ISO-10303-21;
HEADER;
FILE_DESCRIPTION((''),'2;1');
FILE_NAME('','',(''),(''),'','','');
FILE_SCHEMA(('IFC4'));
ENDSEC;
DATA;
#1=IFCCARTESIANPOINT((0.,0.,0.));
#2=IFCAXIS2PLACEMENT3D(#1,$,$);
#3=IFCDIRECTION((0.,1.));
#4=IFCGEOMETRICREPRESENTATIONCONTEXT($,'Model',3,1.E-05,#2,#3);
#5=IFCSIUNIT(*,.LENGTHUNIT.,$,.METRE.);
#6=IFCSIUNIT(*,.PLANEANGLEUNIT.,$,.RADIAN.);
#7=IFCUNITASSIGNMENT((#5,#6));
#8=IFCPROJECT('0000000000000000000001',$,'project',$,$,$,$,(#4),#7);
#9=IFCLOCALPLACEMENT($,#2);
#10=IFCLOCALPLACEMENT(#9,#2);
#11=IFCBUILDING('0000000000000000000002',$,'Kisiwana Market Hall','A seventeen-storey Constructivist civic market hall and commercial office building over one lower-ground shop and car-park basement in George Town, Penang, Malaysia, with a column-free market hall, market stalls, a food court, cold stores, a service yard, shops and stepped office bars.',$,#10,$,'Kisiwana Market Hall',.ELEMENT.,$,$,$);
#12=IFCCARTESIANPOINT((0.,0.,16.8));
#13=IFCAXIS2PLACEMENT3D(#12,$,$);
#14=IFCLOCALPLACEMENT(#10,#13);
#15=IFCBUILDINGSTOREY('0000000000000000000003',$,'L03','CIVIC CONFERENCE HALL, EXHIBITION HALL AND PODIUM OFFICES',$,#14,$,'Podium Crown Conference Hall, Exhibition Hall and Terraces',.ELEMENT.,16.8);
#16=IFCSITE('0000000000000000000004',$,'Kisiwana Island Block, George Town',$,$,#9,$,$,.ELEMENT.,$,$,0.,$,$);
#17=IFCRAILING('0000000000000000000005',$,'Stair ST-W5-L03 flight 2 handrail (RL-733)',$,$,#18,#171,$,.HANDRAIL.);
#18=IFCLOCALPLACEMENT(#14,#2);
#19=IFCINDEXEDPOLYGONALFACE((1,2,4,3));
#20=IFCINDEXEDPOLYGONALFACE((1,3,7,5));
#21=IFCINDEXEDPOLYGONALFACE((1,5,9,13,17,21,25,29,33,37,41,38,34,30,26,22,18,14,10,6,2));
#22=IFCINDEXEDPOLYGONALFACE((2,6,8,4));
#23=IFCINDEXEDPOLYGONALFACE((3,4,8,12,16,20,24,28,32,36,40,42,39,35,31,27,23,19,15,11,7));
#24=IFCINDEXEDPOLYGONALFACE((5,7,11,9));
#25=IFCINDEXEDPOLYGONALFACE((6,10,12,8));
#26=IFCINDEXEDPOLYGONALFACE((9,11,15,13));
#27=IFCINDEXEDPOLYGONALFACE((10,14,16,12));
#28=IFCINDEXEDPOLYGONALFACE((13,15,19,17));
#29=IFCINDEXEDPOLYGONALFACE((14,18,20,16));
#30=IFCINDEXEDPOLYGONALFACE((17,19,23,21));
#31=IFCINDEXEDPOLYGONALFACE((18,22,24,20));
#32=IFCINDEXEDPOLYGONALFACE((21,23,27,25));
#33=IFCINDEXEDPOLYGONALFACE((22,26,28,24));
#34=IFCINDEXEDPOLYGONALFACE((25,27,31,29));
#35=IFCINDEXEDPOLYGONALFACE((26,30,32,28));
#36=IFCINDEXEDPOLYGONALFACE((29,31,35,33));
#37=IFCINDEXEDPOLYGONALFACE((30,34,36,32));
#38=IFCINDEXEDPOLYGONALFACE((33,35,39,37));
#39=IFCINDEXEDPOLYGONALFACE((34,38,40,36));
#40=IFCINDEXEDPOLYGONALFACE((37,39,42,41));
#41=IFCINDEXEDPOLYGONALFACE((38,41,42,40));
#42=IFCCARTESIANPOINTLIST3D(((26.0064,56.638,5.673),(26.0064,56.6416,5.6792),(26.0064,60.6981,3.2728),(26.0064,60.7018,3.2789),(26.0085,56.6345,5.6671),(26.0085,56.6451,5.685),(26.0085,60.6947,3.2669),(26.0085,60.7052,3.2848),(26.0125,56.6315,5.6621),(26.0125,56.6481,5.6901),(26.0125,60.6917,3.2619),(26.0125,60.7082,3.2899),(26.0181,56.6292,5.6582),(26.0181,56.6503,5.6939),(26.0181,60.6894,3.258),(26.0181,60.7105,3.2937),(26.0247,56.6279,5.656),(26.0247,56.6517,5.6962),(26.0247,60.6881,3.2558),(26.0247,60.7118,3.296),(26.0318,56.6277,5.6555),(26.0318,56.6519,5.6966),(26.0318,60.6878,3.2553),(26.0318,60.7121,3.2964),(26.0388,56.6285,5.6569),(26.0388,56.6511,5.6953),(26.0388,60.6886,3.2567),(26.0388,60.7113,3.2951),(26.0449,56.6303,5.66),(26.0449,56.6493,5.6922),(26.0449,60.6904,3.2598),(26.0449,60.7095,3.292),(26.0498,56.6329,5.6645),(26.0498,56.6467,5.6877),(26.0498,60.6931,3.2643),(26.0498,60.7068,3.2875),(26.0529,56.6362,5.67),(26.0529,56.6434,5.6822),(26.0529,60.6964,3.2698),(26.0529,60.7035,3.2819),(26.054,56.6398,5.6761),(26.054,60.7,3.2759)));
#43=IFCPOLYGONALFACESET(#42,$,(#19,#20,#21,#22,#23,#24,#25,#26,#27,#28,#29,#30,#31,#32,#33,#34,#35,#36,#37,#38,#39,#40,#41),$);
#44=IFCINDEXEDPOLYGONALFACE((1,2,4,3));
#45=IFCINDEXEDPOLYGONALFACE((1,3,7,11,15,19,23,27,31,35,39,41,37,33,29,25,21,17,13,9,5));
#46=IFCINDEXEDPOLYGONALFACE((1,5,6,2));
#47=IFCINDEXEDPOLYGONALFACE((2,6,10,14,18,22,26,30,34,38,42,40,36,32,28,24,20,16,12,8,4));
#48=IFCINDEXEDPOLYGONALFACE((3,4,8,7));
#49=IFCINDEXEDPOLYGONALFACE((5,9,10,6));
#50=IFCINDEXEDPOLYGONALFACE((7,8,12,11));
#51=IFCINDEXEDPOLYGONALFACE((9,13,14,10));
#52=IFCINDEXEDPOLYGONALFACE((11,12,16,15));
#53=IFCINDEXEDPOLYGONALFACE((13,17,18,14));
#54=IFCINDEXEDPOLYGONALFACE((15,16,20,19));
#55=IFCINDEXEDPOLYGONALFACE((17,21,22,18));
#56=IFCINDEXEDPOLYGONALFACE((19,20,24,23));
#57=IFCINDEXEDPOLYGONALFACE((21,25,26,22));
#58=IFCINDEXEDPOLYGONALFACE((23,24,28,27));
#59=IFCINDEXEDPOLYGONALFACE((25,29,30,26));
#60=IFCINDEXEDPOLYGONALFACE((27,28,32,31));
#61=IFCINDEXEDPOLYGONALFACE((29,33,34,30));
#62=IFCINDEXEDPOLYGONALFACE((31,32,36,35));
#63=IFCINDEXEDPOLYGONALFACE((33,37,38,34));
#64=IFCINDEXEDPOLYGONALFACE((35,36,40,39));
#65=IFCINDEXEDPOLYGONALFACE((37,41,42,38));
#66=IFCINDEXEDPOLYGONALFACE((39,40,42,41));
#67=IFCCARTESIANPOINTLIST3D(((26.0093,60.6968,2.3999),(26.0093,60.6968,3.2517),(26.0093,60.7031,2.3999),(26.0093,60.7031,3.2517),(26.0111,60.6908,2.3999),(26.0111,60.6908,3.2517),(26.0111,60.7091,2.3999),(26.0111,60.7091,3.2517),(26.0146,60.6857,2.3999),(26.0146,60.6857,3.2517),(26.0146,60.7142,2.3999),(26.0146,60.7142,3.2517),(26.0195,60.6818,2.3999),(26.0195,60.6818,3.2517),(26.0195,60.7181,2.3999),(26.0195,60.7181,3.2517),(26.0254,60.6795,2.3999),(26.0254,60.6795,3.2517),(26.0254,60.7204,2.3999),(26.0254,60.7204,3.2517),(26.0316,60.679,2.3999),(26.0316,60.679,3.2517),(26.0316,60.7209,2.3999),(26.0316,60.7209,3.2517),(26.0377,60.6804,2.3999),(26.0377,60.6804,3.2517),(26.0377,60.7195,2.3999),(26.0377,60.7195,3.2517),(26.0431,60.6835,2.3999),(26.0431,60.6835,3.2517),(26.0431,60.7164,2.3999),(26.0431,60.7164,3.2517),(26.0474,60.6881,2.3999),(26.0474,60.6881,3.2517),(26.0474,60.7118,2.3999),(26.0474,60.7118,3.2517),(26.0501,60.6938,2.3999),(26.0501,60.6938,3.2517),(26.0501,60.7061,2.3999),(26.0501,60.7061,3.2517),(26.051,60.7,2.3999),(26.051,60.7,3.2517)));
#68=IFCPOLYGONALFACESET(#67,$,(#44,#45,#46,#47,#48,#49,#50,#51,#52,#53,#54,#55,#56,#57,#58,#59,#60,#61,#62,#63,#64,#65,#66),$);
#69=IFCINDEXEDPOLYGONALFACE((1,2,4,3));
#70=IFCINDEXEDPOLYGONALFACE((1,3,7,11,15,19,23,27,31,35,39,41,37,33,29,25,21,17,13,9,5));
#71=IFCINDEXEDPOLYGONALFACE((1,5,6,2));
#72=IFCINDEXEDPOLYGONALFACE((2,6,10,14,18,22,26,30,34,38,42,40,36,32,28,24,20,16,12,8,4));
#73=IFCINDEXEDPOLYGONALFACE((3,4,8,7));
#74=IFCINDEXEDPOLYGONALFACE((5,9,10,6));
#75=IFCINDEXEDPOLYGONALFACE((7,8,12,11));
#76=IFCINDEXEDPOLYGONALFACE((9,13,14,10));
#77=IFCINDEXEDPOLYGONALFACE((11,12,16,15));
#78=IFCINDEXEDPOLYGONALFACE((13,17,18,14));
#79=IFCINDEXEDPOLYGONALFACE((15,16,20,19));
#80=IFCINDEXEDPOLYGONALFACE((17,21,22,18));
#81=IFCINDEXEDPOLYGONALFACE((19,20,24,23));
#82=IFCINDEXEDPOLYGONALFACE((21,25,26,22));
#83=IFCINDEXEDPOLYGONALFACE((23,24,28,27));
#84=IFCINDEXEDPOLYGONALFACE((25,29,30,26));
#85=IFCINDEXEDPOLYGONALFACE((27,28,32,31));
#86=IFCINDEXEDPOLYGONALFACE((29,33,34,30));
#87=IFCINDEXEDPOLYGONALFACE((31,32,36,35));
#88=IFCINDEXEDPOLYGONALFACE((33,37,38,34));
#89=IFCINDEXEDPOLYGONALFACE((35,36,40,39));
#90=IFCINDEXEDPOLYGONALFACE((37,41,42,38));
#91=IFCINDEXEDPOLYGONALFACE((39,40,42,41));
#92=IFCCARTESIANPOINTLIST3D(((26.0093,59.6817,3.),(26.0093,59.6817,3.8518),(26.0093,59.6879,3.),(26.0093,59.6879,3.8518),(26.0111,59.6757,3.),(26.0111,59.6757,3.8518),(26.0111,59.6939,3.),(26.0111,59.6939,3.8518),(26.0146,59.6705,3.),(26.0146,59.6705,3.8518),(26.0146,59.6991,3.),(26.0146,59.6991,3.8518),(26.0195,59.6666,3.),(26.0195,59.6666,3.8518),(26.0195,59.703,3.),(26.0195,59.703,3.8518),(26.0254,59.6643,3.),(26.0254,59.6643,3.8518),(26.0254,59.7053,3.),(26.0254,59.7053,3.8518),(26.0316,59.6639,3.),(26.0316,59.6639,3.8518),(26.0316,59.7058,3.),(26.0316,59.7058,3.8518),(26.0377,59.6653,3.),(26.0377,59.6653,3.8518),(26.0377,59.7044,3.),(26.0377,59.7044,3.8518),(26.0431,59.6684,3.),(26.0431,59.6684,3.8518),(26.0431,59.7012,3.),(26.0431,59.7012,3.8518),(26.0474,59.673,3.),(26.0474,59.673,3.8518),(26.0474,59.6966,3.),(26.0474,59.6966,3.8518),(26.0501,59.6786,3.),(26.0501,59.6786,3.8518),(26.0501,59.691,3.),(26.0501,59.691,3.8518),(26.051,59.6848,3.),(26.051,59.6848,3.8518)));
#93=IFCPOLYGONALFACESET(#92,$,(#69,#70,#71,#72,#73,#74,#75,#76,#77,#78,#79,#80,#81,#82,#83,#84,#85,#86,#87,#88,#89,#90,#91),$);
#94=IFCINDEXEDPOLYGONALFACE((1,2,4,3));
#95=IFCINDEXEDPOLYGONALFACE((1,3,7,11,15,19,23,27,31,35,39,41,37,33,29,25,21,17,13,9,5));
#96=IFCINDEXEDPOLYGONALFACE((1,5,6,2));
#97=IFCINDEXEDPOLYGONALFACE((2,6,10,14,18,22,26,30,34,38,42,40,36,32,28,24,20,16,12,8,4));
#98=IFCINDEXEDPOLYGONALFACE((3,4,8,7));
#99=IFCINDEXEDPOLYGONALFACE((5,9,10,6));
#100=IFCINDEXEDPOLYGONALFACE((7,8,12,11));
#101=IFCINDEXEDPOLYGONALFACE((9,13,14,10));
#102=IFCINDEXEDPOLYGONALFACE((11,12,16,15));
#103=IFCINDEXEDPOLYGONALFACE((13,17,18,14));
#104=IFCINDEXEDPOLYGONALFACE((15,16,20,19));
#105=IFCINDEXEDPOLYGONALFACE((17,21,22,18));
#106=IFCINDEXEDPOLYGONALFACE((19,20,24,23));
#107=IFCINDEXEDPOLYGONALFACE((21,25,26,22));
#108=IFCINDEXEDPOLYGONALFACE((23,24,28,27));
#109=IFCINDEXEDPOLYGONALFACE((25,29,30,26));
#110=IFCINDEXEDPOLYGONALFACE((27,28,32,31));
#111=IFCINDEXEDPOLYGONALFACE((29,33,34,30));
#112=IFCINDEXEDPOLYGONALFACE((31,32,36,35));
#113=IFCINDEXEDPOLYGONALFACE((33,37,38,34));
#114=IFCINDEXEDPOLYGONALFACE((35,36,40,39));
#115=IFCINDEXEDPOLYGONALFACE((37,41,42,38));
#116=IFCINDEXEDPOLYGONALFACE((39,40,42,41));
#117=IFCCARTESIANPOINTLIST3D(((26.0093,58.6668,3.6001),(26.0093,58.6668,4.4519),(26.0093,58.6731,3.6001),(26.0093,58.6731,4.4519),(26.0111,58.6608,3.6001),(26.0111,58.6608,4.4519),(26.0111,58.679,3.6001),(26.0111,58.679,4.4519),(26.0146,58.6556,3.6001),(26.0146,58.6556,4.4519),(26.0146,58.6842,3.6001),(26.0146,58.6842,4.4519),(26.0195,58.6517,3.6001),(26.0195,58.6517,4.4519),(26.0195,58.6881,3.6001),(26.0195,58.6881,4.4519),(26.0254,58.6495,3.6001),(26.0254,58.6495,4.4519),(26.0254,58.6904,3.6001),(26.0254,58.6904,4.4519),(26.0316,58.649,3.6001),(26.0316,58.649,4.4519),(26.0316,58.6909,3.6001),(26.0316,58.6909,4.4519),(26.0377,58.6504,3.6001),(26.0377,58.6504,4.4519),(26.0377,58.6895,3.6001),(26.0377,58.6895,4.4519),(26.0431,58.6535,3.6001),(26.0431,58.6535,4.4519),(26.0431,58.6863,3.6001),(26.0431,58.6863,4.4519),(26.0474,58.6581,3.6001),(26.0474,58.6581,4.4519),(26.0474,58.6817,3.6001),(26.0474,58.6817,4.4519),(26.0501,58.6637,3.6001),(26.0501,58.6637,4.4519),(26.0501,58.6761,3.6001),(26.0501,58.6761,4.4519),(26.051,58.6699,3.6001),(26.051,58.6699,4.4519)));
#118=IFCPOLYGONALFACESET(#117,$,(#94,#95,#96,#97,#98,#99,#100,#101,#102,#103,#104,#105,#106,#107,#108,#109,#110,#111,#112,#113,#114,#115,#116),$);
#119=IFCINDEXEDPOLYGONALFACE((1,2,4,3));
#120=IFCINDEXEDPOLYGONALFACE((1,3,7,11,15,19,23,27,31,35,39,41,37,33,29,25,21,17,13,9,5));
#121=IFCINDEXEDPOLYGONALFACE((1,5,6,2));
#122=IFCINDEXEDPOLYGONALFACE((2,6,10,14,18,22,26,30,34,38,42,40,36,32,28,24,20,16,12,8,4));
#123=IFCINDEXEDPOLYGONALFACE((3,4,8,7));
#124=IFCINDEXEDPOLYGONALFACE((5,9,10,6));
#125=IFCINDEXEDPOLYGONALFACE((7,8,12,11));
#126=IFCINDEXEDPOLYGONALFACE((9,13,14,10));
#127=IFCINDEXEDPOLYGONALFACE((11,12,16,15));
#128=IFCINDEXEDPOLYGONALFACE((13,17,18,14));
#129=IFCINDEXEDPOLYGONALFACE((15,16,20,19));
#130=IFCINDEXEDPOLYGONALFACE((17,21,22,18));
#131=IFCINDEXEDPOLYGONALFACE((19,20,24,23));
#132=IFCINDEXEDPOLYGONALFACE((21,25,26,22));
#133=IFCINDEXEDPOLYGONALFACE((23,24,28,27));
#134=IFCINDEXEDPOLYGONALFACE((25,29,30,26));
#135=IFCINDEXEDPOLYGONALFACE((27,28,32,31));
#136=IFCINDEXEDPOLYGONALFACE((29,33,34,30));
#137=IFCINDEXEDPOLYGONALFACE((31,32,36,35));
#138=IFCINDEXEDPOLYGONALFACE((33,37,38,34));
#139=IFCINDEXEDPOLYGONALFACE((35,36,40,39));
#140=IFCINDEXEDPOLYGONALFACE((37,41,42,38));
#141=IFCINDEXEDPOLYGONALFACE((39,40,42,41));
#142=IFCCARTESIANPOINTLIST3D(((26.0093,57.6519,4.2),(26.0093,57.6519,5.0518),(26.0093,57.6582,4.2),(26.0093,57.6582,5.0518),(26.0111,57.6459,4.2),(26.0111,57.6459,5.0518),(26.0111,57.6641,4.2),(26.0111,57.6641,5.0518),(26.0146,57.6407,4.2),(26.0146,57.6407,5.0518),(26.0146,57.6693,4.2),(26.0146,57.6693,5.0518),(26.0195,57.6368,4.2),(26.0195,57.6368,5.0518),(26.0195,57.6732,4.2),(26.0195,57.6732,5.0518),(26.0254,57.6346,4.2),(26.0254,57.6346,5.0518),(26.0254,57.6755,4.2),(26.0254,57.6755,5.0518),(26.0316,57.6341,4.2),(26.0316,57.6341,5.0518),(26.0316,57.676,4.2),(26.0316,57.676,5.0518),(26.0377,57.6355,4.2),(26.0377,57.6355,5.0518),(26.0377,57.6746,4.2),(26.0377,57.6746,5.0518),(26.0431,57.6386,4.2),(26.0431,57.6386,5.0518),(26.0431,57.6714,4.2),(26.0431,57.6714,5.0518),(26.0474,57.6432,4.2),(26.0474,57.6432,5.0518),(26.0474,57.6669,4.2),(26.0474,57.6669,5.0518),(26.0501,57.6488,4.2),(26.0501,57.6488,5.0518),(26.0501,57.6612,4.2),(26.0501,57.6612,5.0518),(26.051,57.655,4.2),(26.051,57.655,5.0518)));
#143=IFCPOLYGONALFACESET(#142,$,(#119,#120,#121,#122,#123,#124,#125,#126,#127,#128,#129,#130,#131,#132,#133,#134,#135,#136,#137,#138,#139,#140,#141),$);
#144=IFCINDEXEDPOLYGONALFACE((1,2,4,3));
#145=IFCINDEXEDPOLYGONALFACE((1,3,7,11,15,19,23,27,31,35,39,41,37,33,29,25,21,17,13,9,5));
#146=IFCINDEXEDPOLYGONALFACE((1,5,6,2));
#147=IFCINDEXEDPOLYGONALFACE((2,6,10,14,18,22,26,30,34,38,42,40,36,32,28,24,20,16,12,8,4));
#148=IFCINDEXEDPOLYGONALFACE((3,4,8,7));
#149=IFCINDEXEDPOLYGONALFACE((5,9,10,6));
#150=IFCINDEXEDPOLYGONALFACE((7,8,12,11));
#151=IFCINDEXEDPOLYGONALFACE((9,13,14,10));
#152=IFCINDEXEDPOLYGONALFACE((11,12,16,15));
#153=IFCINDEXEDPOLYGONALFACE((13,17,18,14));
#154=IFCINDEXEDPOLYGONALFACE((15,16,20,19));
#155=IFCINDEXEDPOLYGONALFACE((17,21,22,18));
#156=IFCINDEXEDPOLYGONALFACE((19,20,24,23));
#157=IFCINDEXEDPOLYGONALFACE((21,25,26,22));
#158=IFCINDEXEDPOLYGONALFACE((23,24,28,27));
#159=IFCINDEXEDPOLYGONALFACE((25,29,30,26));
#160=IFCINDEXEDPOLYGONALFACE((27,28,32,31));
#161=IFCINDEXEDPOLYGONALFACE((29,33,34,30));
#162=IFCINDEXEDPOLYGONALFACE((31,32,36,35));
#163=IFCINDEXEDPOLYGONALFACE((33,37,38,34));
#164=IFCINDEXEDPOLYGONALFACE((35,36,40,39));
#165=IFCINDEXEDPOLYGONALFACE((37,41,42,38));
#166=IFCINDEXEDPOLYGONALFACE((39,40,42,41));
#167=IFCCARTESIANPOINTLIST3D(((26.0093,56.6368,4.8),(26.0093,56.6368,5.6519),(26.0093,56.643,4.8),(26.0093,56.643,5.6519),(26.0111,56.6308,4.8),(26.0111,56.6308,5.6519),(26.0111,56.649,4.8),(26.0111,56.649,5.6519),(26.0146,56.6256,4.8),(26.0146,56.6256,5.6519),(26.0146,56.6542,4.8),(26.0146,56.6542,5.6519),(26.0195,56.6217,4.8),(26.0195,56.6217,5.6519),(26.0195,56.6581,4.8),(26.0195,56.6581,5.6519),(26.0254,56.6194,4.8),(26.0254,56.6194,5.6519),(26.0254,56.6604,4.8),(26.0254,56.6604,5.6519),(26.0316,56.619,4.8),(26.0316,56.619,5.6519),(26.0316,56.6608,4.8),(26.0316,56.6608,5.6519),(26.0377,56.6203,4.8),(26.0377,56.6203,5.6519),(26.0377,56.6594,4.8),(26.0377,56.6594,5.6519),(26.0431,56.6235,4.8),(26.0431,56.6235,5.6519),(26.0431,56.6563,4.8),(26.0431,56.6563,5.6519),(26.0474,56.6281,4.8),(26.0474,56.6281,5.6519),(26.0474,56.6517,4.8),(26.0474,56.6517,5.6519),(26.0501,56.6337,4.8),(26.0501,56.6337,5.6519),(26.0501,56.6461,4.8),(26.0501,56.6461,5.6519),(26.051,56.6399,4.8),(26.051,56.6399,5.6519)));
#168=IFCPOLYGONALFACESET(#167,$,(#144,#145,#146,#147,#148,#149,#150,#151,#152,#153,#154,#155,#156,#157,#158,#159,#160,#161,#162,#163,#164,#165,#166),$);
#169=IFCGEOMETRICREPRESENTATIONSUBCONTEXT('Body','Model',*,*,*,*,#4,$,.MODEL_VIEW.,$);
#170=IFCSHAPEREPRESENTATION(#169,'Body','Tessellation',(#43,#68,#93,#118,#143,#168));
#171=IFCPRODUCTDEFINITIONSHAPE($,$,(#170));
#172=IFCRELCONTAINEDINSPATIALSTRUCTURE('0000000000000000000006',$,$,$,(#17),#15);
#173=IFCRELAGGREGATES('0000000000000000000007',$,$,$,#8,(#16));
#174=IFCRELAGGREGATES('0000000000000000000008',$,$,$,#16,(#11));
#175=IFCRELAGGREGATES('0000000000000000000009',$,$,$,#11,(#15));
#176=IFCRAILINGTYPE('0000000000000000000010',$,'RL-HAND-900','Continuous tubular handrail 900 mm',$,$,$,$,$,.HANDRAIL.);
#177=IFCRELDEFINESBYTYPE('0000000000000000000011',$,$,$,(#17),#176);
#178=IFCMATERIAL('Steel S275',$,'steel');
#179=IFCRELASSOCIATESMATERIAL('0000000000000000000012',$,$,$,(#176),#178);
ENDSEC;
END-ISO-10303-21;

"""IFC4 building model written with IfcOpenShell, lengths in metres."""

from ifc_helpers import new_model, si_unit, direction, frame, origin, origin_2d, place, context, subcontext, project, spatial, circle, extrude, material, type_object, element, save


model = new_model("IFC4")

# Units and contexts
model_context = context("Model", 3, precision=1e-05, world=origin(), true_north=direction((0.0, 1.0)))
body_context = subcontext(model_context, "Body", "Model", "MODEL_VIEW")
ifc_project = project(units=[si_unit("LENGTHUNIT", "METRE"), si_unit("PLANEANGLEUNIT", "RADIAN")], contexts=[model_context])

# Site, building, storey
site_placement = place(None, origin())
site = spatial("IfcSite", under=ifc_project, at=site_placement, Name="Kisiwana Island Block, George Town", CompositionType="ELEMENT", RefElevation=0.0)
building_placement = place(site_placement, origin())
building = spatial("IfcBuilding", under=site, at=building_placement, Name="Kisiwana Market Hall", Description="A seventeen-storey Constructivist civic market hall and commercial office building over one lower-ground shop and car-park basement in George Town, Penang, Malaysia, with a column-free market hall, market stalls, a food court, cold stores, a service yard, shops and stepped office bars.", LongName="Kisiwana Market Hall", CompositionType="ELEMENT")
storey_placement = place(building_placement, frame((0.0, 0.0, 16.8)))
storey = spatial("IfcBuildingStorey", under=building, at=storey_placement, Name="L03", Description="CIVIC CONFERENCE HALL, EXHIBITION HALL AND PODIUM OFFICES", LongName="Podium Crown Conference Hall, Exhibition Hall and Terraces", CompositionType="ELEMENT", Elevation=16.8)

# Railing
ifc_material_1 = material(Name="Steel S275", Category="steel")
railing_type_1 = type_object("IfcRailingType", Name="RL-HAND-900", Description="Continuous tubular handrail 900 mm", PredefinedType="HANDRAIL", material=ifc_material_1)
railing_1_placement = place(storey_placement, frame((26.03, 60.7, 2.3999)))
element("IfcRailing", 1, at=railing_1_placement, inside=storey, type_object=railing_type_1, Name="Stair ST-W5-L03 flight 2 handrail (RL-733)", PredefinedType="HANDRAIL", context=body_context, shape_type="SweptSolid", body=[
    extrude(circle(Radius=0.0239, at=origin_2d()), frame((0.0, 0.0, 0.876), z_axis=(0.0, -0.860832, 0.50889), x_axis=(1.0, 0.0, 0.0)), (0.0, 0.0, 1.0), 4.7166),
    extrude(circle(Radius=0.021, at=origin_2d()), origin(), (0.0, 0.0, 1.0), 0.8518),
    extrude(circle(Radius=0.021, at=origin_2d()), frame((0.0, -1.0151, 0.6001)), (0.0, 0.0, 1.0), 0.8518),
    extrude(circle(Radius=0.021, at=origin_2d()), frame((0.0, -2.03, 1.2002)), (0.0, 0.0, 1.0), 0.8518),
    extrude(circle(Radius=0.021, at=origin_2d()), frame((0.0, -3.0449, 1.8)), (0.0, 0.0, 1.0), 0.8518),
    extrude(circle(Radius=0.021, at=origin_2d()), frame((0.0, -4.0601, 2.4001)), (0.0, 0.0, 1.0), 0.8518),
])

save(model, "model.ifc")
